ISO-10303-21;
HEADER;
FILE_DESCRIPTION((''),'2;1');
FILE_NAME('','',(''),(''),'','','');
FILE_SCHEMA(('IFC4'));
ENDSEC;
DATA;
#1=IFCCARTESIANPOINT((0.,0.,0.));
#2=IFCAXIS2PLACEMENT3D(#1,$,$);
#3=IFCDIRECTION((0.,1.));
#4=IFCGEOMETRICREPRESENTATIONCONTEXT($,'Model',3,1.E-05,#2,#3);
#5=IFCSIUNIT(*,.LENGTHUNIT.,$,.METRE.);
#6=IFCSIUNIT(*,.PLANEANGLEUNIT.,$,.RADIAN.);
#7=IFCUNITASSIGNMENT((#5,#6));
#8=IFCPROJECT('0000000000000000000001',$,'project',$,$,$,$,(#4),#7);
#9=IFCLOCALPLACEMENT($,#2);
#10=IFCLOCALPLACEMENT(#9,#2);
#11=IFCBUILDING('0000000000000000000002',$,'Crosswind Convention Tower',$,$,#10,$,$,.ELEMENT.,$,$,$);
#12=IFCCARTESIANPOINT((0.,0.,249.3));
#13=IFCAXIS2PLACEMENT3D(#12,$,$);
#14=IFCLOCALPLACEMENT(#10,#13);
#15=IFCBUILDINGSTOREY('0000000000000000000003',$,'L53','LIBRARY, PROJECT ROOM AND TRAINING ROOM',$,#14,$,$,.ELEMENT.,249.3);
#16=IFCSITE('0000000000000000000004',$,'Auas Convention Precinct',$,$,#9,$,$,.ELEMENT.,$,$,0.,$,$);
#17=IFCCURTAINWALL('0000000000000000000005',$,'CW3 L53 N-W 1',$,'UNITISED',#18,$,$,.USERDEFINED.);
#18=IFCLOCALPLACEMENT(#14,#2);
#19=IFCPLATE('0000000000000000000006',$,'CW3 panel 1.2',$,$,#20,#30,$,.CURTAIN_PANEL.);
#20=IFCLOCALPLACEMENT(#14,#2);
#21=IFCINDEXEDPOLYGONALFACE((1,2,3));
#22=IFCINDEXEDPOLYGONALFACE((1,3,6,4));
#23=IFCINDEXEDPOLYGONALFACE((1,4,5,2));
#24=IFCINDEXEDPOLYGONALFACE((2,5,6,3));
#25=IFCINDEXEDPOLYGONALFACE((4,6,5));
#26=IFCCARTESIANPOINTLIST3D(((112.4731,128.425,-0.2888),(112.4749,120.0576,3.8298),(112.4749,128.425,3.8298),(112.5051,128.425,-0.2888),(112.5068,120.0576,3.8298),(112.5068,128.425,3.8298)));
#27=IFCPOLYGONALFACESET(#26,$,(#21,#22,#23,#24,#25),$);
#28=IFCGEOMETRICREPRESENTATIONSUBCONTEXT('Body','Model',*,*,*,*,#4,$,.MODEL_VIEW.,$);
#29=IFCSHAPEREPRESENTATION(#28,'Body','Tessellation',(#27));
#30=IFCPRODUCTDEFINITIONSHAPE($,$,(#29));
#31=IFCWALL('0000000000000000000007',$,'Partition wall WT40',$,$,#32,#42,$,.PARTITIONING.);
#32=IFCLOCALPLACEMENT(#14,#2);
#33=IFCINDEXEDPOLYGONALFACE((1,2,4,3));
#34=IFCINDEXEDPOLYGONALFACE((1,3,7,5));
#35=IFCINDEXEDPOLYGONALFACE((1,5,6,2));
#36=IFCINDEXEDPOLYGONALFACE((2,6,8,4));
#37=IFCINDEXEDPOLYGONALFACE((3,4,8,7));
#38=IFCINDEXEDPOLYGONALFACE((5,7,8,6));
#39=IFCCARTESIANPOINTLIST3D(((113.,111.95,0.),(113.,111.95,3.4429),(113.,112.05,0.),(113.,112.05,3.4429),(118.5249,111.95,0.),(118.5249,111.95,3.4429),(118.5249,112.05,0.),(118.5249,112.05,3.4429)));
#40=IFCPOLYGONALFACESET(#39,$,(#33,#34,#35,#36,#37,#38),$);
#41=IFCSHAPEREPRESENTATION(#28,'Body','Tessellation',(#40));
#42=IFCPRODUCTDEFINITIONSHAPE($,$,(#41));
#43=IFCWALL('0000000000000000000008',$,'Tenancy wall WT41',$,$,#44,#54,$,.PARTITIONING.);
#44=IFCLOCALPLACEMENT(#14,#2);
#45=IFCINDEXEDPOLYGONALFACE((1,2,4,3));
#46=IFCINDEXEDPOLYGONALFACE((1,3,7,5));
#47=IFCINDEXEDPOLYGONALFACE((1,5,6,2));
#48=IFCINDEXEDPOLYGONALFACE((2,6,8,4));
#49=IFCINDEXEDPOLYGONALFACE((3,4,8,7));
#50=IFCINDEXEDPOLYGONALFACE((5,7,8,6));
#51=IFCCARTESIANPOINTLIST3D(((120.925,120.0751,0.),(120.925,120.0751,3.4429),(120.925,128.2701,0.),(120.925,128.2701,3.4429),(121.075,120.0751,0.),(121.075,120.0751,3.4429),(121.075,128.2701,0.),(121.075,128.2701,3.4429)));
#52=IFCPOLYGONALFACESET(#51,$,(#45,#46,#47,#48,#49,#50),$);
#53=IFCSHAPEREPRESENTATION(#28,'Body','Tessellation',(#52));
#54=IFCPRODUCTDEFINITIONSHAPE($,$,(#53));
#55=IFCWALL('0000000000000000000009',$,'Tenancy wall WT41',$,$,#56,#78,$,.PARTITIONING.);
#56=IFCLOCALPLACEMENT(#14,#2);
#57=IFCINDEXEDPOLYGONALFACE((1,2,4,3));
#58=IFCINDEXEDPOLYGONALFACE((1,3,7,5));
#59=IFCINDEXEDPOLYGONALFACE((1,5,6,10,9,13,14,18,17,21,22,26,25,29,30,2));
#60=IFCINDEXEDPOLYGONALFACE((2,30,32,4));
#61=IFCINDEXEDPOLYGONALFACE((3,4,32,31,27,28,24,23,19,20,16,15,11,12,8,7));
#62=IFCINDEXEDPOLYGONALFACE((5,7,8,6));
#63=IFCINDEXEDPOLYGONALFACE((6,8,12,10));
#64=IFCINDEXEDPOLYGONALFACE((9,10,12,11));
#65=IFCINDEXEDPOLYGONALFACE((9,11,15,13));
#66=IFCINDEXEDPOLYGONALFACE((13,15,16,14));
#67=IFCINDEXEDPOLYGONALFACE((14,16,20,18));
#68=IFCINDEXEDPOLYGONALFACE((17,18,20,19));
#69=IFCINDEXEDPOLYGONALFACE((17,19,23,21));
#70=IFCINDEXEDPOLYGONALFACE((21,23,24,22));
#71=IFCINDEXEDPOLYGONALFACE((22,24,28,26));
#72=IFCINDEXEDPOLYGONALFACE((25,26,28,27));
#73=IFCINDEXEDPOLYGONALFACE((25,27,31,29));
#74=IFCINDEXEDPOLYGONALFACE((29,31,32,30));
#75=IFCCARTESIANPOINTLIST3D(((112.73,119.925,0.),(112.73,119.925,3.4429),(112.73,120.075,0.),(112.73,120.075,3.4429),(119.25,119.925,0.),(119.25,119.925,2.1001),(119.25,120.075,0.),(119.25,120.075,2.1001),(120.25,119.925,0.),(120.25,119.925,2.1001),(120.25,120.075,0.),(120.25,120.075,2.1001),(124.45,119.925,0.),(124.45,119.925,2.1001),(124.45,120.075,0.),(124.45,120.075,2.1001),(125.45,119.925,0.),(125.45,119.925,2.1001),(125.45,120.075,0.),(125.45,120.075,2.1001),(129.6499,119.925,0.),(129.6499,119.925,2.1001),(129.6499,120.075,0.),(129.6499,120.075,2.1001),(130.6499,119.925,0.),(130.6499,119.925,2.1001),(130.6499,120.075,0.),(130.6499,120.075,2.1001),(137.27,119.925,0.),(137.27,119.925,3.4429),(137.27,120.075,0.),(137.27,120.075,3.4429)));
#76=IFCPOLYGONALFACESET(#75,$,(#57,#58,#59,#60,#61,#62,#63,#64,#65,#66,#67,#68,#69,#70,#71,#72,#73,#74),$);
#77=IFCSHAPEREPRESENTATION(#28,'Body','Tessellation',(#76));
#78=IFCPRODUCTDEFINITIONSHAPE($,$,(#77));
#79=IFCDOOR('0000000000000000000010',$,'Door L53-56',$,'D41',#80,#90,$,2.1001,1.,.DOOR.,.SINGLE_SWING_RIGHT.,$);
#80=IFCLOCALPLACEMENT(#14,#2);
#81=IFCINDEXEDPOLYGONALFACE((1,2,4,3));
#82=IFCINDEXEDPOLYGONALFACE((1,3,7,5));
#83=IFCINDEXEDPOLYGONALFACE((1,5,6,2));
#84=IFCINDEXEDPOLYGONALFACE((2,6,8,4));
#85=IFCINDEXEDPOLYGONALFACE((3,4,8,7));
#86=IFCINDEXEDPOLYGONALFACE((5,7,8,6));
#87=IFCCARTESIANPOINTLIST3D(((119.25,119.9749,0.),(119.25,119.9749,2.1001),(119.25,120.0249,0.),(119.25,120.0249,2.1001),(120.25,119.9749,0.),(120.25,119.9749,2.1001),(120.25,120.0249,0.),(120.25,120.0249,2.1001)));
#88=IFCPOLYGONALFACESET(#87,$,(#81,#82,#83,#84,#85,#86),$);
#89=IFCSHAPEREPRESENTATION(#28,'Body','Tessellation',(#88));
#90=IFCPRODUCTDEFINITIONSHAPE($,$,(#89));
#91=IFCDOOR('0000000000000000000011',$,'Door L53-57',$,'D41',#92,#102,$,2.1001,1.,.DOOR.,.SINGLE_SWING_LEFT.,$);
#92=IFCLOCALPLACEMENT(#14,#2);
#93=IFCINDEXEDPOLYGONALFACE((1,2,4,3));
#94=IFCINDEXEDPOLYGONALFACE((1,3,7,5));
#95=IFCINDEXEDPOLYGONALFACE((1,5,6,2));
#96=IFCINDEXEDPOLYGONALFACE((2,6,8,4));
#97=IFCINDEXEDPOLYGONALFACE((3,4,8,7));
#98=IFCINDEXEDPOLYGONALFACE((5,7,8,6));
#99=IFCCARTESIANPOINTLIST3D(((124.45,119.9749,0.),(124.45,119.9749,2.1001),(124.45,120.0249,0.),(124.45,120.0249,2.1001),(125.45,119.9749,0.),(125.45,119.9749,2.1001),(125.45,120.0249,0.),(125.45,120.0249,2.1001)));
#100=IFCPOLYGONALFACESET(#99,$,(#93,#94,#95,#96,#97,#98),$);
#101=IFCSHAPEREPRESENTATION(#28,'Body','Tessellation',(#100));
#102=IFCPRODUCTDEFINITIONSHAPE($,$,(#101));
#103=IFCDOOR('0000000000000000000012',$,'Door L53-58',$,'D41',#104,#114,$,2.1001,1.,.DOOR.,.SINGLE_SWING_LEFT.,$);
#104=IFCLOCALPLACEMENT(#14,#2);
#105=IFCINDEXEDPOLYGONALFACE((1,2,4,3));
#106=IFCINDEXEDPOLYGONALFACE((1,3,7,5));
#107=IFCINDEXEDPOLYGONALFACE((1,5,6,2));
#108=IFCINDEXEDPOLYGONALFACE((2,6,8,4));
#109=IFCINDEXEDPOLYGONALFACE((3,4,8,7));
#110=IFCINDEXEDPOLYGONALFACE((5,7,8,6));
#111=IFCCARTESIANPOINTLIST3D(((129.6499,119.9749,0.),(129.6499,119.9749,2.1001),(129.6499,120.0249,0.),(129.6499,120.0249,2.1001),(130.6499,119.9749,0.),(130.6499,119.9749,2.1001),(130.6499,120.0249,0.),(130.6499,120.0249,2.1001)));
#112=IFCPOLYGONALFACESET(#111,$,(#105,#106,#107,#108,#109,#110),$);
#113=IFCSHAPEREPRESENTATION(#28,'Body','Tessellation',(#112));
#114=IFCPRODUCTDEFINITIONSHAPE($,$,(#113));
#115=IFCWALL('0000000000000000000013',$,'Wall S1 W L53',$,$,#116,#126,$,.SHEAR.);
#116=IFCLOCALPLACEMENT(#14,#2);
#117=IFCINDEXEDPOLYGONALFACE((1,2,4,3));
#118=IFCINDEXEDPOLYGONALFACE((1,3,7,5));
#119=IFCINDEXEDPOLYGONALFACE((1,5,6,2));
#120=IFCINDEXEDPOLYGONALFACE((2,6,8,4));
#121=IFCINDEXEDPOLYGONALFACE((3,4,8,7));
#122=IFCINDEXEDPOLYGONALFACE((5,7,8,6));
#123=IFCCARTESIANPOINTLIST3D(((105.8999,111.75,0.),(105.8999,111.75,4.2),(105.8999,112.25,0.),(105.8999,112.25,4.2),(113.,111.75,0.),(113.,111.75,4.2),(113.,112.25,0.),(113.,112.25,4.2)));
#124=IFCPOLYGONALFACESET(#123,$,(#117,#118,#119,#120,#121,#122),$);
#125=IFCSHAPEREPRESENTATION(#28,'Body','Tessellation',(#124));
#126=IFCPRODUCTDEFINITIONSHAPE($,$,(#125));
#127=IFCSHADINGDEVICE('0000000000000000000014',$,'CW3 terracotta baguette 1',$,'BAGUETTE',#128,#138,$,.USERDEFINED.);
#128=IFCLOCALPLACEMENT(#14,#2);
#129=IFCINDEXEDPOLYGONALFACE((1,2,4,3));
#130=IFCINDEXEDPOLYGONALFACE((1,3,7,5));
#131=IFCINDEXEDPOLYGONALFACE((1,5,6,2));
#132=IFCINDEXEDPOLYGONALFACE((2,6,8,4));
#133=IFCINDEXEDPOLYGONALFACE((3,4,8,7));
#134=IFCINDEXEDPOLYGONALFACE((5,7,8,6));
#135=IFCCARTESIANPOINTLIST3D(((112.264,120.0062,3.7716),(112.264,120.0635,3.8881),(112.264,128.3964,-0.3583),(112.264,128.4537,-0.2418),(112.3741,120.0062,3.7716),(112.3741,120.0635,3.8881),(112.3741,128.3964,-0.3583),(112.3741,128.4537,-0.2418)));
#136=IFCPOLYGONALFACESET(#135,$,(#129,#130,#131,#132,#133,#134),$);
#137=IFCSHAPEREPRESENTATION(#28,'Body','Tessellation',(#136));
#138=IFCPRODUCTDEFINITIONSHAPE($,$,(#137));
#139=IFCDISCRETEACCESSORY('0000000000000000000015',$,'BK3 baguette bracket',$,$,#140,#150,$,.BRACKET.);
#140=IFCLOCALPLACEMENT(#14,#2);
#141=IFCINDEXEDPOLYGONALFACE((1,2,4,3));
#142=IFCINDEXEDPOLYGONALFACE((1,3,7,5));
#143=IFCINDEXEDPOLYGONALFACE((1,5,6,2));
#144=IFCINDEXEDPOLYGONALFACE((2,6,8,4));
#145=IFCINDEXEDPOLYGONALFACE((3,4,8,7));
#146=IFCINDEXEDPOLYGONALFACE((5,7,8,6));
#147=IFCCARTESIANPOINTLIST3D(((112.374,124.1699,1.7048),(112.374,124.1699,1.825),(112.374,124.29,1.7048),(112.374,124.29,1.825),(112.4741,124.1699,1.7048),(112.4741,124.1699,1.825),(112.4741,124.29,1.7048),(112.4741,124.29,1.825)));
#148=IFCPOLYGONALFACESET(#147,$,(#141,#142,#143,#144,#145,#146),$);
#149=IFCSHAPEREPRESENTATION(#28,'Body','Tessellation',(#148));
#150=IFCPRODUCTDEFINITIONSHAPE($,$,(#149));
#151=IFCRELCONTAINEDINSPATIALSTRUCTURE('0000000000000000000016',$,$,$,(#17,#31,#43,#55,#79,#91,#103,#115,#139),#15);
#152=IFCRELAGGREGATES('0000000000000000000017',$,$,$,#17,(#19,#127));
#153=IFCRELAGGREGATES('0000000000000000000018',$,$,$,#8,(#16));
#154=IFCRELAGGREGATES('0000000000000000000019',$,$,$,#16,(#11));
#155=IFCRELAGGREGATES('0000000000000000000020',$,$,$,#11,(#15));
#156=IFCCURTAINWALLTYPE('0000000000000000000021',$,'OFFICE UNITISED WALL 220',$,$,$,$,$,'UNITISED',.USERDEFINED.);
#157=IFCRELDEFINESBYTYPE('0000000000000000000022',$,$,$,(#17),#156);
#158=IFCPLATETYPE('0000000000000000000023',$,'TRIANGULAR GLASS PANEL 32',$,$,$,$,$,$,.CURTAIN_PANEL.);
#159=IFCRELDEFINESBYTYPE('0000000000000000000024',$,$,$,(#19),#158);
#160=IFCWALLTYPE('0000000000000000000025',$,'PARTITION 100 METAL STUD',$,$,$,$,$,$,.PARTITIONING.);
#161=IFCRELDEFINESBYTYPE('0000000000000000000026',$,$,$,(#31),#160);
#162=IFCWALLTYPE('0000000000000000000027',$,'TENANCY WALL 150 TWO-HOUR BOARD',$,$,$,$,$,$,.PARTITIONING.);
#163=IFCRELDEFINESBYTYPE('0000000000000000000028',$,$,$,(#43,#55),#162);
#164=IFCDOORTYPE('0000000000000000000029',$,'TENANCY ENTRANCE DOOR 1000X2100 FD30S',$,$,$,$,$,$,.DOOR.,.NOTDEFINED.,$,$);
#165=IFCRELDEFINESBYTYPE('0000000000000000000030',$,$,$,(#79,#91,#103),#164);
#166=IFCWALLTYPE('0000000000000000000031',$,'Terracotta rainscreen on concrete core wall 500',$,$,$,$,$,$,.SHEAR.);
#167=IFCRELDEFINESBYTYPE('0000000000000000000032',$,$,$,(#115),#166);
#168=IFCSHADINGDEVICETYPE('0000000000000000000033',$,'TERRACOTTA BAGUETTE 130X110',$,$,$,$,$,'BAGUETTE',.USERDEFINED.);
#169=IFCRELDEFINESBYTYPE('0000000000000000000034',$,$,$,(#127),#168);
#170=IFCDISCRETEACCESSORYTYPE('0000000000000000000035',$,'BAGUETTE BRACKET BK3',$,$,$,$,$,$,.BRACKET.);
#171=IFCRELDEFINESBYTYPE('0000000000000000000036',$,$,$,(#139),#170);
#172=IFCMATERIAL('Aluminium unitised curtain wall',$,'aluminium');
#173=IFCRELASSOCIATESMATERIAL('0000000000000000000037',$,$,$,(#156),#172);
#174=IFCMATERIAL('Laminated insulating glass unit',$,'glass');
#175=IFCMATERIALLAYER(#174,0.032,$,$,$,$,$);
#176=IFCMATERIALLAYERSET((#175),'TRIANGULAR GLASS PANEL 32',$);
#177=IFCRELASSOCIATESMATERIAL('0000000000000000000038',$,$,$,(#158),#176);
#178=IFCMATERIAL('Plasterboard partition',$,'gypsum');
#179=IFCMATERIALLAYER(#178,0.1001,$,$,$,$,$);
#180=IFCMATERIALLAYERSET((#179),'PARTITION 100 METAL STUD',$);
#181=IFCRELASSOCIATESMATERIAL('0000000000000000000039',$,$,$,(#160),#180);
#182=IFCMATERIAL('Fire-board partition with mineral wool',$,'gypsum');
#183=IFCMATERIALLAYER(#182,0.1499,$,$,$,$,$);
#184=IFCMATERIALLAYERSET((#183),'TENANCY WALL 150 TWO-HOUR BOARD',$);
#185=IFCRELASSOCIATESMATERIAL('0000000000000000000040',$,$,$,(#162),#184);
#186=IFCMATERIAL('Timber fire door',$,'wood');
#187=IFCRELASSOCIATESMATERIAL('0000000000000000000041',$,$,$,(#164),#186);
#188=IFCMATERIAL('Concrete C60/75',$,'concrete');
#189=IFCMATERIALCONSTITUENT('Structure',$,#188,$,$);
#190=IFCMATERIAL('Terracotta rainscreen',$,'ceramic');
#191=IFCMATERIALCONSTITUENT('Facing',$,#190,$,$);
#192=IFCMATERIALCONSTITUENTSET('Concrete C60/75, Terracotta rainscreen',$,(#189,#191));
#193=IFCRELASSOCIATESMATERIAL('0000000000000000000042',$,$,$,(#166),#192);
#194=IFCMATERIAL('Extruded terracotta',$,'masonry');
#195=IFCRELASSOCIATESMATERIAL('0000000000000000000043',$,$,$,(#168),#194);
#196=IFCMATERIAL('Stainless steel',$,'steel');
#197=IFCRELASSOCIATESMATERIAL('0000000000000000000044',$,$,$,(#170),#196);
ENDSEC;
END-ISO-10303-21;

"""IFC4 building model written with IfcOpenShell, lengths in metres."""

from ifc_helpers import new_model, si_unit, direction, frame, frame_2d, origin, origin_2d, place, context, subcontext, project, spatial, polyline, rectangle, outline, extrude, material, layer, layer_set, constituent, constituent_set, material_profile, profile_set, type_object, element, fill, aggregate, save


model = new_model("IFC4")

# Units and contexts
model_context = context("Model", 3, precision=1e-05, world=origin(), true_north=direction((0.0, 1.0)))
body_context = subcontext(model_context, "Body", "Model", "MODEL_VIEW")
ifc_project = project(units=[si_unit("LENGTHUNIT", "METRE"), si_unit("PLANEANGLEUNIT", "RADIAN")], contexts=[model_context])

# Site, building, storey
site_placement = place(None, origin())
site = spatial("IfcSite", under=ifc_project, at=site_placement, Name="Auas Convention Precinct", CompositionType="ELEMENT", RefElevation=0.0)
building_placement = place(site_placement, origin())
building = spatial("IfcBuilding", under=site, at=building_placement, Name="Crosswind Convention Tower", CompositionType="ELEMENT")
storey_placement = place(building_placement, frame((0.0, 0.0, 249.3)))
storey = spatial("IfcBuildingStorey", under=building, at=storey_placement, Name="L53", Description="LIBRARY, PROJECT ROOM AND TRAINING ROOM", CompositionType="ELEMENT", Elevation=249.3)

# Shared definitions
ifc_material_1 = material(Name="Concrete C60/75", Category="concrete")

# Shared definitions
ifc_material_2 = material(Name="Aluminium unitised curtain wall", Category="aluminium")
curtain_wall_type_1 = type_object("IfcCurtainWallType", Name="OFFICE UNITISED WALL 220", ElementType="UNITISED", PredefinedType="USERDEFINED", material=ifc_material_2)

# Curtain wall
curtain_wall_1_placement = place(storey_placement, origin())
curtain_wall_1 = element("IfcCurtainWall", 1, at=curtain_wall_1_placement, inside=storey, type_object=curtain_wall_type_1, Name="CW3 L53 N-W 1", ObjectType="UNITISED", PredefinedType="USERDEFINED")

# Plate
ifc_material_3 = material(Name="Laminated insulating glass unit", Category="glass")
ifc_layer_1 = layer(ifc_material_3, 0.032)
ifc_layer_set_1 = layer_set([ifc_layer_1], Name="TRIANGULAR GLASS PANEL 32")
plate_type_1 = type_object("IfcPlateType", Name="TRIANGULAR GLASS PANEL 32", PredefinedType="CURTAIN_PANEL", material=ifc_layer_set_1)
plate_1_placement = place(storey_placement, frame((112.4749, 128.425, 3.8298), z_axis=(-1.0, 0.0, 0.000415), x_axis=(-0.000415, 0.0, -1.0)))
plate_1 = element("IfcPlate", 2, at=plate_1_placement, type_object=plate_type_1, Name="CW3 panel 1.2", PredefinedType="CURTAIN_PANEL", context=body_context, shape_type="SweptSolid", body=[
    extrude(outline(polyline([(0.0, 0.0), (4.1187, 0.0), (0.0, 8.3674), (0.0, 0.0)])), origin(), (0.0, 0.0, -1.0), 0.032),
])

# Walls
ifc_material_4 = material(Name="Plasterboard partition", Category="gypsum")
ifc_layer_2 = layer(ifc_material_4, 0.1001)
ifc_layer_set_2 = layer_set([ifc_layer_2], Name="PARTITION 100 METAL STUD")
wall_type_1 = type_object("IfcWallType", Name="PARTITION 100 METAL STUD", PredefinedType="PARTITIONING", material=ifc_layer_set_2)
wall_1_placement = place(storey_placement, frame((113.0, 112.0, 0.0), z_axis=(0.0, 0.0, 1.0), x_axis=(1.0, 0.0, 0.0)))
element("IfcWall", 3, at=wall_1_placement, inside=storey, type_object=wall_type_1, Name="Partition wall WT40", PredefinedType="PARTITIONING", context=body_context, shape_type="SweptSolid", body=[
    extrude(rectangle(XDim=5.5249, YDim=0.1001, at=frame_2d((2.7625, 0.0))), origin(), (0.0, 0.0, 1.0), 3.4429),
])
ifc_material_5 = material(Name="Fire-board partition with mineral wool", Category="gypsum")
ifc_layer_3 = layer(ifc_material_5, 0.1499)
ifc_layer_set_3 = layer_set([ifc_layer_3], Name="TENANCY WALL 150 TWO-HOUR BOARD")
wall_type_2 = type_object("IfcWallType", Name="TENANCY WALL 150 TWO-HOUR BOARD", PredefinedType="PARTITIONING", material=ifc_layer_set_3)
wall_2_placement = place(storey_placement, frame((121.0, 120.075, 0.0), z_axis=(0.0, 0.0, 1.0), x_axis=(0.0, 1.0, 0.0)))
element("IfcWall", 4, at=wall_2_placement, inside=storey, type_object=wall_type_2, Name="Tenancy wall WT41", PredefinedType="PARTITIONING", context=body_context, shape_type="SweptSolid", body=[
    extrude(rectangle(XDim=8.1951, YDim=0.1499, at=frame_2d((4.0977, 0.0))), origin(), (0.0, 0.0, 1.0), 3.4429),
])

# Wall, openings, doors
wall_3_placement = place(storey_placement, frame((112.73, 120.0, 0.0), z_axis=(0.0, 0.0, 1.0), x_axis=(1.0, 0.0, 0.0)))
wall_3 = element("IfcWall", 5, at=wall_3_placement, inside=storey, type_object=wall_type_2, Name="Tenancy wall WT41", PredefinedType="PARTITIONING", context=body_context, shape_type="SweptSolid", body=[
    extrude(rectangle(XDim=24.54, YDim=0.1499, at=frame_2d((12.27, 0.0))), origin(), (0.0, 0.0, 1.0), 3.4429),
])
opening_1_placement = place(wall_3_placement, frame((6.52, 0.0, 0.0)))
opening_1 = element("IfcOpeningElement", 6, at=opening_1_placement, cuts=wall_3, PredefinedType="OPENING", context=body_context, shape_type="SweptSolid", body=[
    extrude(rectangle(XDim=1.0, YDim=2.1001, at=frame_2d((0.5, 1.05))), frame((0.0, 0.085, 0.0), z_axis=(0.0, -1.0, 0.0), x_axis=(1.0, 0.0, 0.0)), (0.0, 0.0, 1.0), 0.1699),
])
opening_2_placement = place(wall_3_placement, frame((11.72, 0.0, 0.0)))
opening_2 = element("IfcOpeningElement", 7, at=opening_2_placement, cuts=wall_3, PredefinedType="OPENING", context=body_context, shape_type="SweptSolid", body=[
    extrude(rectangle(XDim=1.0, YDim=2.1001, at=frame_2d((0.5, 1.05))), frame((0.0, 0.085, 0.0), z_axis=(0.0, -1.0, 0.0), x_axis=(1.0, 0.0, 0.0)), (0.0, 0.0, 1.0), 0.1699),
])
opening_3_placement = place(wall_3_placement, frame((16.9199, 0.0, 0.0)))
opening_3 = element("IfcOpeningElement", 8, at=opening_3_placement, cuts=wall_3, PredefinedType="OPENING", context=body_context, shape_type="SweptSolid", body=[
    extrude(rectangle(XDim=1.0, YDim=2.1001, at=frame_2d((0.5, 1.05))), frame((0.0, 0.085, 0.0), z_axis=(0.0, -1.0, 0.0), x_axis=(1.0, 0.0, 0.0)), (0.0, 0.0, 1.0), 0.1699),
])
ifc_material_6 = material(Name="Timber fire door", Category="wood")
door_type = type_object("IfcDoorType", Name="TENANCY ENTRANCE DOOR 1000X2100 FD30S", OperationType="NOTDEFINED", PredefinedType="DOOR", material=ifc_material_6)
door_1_placement = place(opening_1_placement, origin())
door_1 = element("IfcDoor", 9, at=door_1_placement, inside=storey, type_object=door_type, Name="Door L53-56", ObjectType="D41", OperationType="SINGLE_SWING_RIGHT", OverallHeight=2.1001, OverallWidth=1.0, PredefinedType="DOOR", context=body_context, shape_type="SweptSolid", body=[
    extrude(rectangle(XDim=1.0, YDim=2.1001, at=frame_2d((0.5, 1.05))), frame((0.0, 0.0249, 0.0), z_axis=(0.0, -1.0, 0.0), x_axis=(1.0, 0.0, 0.0)), (0.0, 0.0, 1.0), 0.05),
])
fill(opening_1, door_1)
door_2_placement = place(opening_2_placement, origin())
door_2 = element("IfcDoor", 10, at=door_2_placement, inside=storey, type_object=door_type, Name="Door L53-57", ObjectType="D41", OperationType="SINGLE_SWING_LEFT", OverallHeight=2.1001, OverallWidth=1.0, PredefinedType="DOOR", context=body_context, shape_type="SweptSolid", body=[
    extrude(rectangle(XDim=1.0, YDim=2.1001, at=frame_2d((0.5, 1.05))), frame((0.0, 0.0249, 0.0), z_axis=(0.0, -1.0, 0.0), x_axis=(1.0, 0.0, 0.0)), (0.0, 0.0, 1.0), 0.05),
])
fill(opening_2, door_2)
door_3_placement = place(opening_3_placement, origin())
door_3 = element("IfcDoor", 11, at=door_3_placement, inside=storey, type_object=door_type, Name="Door L53-58", ObjectType="D41", OperationType="SINGLE_SWING_LEFT", OverallHeight=2.1001, OverallWidth=1.0, PredefinedType="DOOR", context=body_context, shape_type="SweptSolid", body=[
    extrude(rectangle(XDim=1.0, YDim=2.1001, at=frame_2d((0.5, 1.05))), frame((0.0, 0.0249, 0.0), z_axis=(0.0, -1.0, 0.0), x_axis=(1.0, 0.0, 0.0)), (0.0, 0.0, 1.0), 0.05),
])
fill(opening_3, door_3)

# Wall
ifc_constituent_1 = constituent(ifc_material_1, Name="Structure")
ifc_material_7 = material(Name="Terracotta rainscreen", Category="ceramic")
ifc_constituent_2 = constituent(ifc_material_7, Name="Facing")
ifc_constituent_set = constituent_set(constituents=[ifc_constituent_1, ifc_constituent_2], Name="Concrete C60/75, Terracotta rainscreen")
wall_type_3 = type_object("IfcWallType", Name="Terracotta rainscreen on concrete core wall 500", PredefinedType="SHEAR", material=ifc_constituent_set)
wall_4_placement = place(storey_placement, frame((113.0, 112.0, 0.0), z_axis=(0.0, 0.0, 1.0), x_axis=(-1.0, 0.0, 0.0)))
element("IfcWall", 12, at=wall_4_placement, inside=storey, type_object=wall_type_3, Name="Wall S1 W L53", PredefinedType="SHEAR", context=body_context, shape_type="SweptSolid", body=[
    extrude(rectangle(XDim=7.1001, YDim=0.5, at=frame_2d((3.55, 0.0))), origin(), (0.0, 0.0, 1.0), 4.2),
])

# Shading device
ifc_material_8 = material(Name="Extruded terracotta", Category="masonry")
ifc_material_profile_1 = material_profile(ifc_material_8, rectangle(XDim=0.1101, YDim=0.1299, at=origin_2d()), Name="TC 110X130")
ifc_profile_set_1 = profile_set([ifc_material_profile_1], Name="Extruded terracotta")
shading_device_type = type_object("IfcShadingDeviceType", Name="TERRACOTTA BAGUETTE 130X110", ElementType="BAGUETTE", PredefinedType="USERDEFINED", material=ifc_profile_set_1)
shading_device_placement = place(storey_placement, frame((112.3191, 128.425, -0.3), z_axis=(0.0, -0.897198, 0.441628), x_axis=(1.0, 0.0, 0.0)))
shading_device = element("IfcShadingDevice", 13, at=shading_device_placement, type_object=shading_device_type, Name="CW3 terracotta baguette 1", ObjectType="BAGUETTE", PredefinedType="USERDEFINED", context=body_context, shape_type="SweptSolid", body=[
    extrude(rectangle(XDim=0.1101, YDim=0.1299, at=origin_2d()), origin(), (0.0, 0.0, 1.0), 9.3516),
])
aggregate(curtain_wall_1, [plate_1, shading_device])

# Discrete accessory
ifc_material_9 = material(Name="Stainless steel", Category="steel")
discrete_accessory_type = type_object("IfcDiscreteAccessoryType", Name="BAGUETTE BRACKET BK3", PredefinedType="BRACKET", material=ifc_material_9)
discrete_accessory_placement = place(storey_placement, frame((112.4241, 124.23, 1.7048), z_axis=(0.0, 0.0, 1.0), x_axis=(0.0, -1.0, 0.0)))
element("IfcDiscreteAccessory", 14, at=discrete_accessory_placement, inside=storey, type_object=discrete_accessory_type, Name="BK3 baguette bracket", PredefinedType="BRACKET", context=body_context, shape_type="SweptSolid", body=[
    extrude(rectangle(XDim=0.1201, YDim=0.1001, at=origin_2d()), origin(), (0.0, 0.0, 1.0), 0.1201),
])

save(model, "model.ifc")
